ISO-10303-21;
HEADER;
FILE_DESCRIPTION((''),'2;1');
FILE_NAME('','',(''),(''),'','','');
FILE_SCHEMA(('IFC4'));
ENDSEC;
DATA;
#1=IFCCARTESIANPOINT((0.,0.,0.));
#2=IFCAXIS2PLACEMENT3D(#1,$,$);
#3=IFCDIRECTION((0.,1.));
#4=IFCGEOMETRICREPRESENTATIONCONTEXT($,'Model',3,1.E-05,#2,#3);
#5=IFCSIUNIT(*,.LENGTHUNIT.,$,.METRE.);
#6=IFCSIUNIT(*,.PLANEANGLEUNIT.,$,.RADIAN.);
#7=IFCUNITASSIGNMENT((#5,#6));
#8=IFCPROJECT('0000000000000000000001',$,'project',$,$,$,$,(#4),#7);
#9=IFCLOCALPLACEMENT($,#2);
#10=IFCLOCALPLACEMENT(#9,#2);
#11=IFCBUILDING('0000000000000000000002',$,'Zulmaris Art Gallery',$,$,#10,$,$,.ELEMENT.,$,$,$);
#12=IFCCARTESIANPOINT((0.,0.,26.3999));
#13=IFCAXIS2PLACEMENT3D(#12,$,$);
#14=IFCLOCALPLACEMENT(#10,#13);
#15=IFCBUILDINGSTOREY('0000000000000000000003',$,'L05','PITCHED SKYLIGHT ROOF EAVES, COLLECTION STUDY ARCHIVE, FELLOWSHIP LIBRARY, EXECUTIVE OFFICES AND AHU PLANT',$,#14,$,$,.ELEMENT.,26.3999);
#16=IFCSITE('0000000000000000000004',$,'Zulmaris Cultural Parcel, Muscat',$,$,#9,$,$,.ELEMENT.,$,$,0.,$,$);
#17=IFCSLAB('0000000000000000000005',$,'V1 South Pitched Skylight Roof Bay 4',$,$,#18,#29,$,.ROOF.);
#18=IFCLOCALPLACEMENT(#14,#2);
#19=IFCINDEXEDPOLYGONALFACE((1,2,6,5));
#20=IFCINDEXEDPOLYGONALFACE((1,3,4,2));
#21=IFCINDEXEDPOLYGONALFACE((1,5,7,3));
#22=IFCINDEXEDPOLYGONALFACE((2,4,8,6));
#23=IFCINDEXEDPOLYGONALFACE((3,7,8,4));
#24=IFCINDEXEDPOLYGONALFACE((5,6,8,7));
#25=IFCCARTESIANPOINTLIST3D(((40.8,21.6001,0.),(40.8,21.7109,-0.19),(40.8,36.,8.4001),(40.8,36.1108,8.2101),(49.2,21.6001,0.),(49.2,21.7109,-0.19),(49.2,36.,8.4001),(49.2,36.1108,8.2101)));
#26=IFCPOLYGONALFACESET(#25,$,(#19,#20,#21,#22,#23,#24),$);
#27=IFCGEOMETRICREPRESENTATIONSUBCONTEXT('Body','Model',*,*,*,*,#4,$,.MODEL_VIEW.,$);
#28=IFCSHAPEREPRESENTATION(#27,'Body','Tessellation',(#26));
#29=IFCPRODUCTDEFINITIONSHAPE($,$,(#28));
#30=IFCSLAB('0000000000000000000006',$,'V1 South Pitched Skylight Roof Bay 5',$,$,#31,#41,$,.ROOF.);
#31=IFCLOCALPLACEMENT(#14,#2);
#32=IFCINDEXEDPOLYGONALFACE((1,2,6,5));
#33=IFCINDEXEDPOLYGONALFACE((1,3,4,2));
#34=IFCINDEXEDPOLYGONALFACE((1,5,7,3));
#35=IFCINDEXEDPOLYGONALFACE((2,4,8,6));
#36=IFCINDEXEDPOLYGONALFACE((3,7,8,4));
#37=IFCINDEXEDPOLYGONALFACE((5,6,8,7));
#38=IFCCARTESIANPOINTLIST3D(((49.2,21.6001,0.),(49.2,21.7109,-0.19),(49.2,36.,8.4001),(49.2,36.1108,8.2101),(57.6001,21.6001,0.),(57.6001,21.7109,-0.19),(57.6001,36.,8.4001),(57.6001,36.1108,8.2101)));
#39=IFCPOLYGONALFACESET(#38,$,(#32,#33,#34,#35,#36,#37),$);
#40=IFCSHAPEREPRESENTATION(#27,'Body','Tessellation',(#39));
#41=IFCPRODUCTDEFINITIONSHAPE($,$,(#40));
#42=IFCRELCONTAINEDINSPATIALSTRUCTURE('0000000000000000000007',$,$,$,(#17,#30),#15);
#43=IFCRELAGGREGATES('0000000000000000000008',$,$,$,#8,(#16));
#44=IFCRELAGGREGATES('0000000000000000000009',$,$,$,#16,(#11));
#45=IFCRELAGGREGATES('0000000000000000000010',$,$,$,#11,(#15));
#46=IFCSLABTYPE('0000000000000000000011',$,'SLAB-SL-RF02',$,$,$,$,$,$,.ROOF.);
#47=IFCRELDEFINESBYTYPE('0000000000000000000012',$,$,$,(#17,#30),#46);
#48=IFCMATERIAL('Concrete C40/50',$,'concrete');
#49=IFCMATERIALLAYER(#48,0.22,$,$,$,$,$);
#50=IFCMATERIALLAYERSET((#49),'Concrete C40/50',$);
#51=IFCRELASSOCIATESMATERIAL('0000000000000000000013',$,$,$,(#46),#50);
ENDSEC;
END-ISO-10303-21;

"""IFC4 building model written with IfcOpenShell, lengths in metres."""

from ifc_helpers import new_model, si_unit, direction, frame, origin, place, context, subcontext, project, spatial, polyline, outline, extrude, material, layer, layer_set, type_object, element, save


model = new_model("IFC4")

# Units and contexts
model_context = context("Model", 3, precision=1e-05, world=origin(), true_north=direction((0.0, 1.0)))
body_context = subcontext(model_context, "Body", "Model", "MODEL_VIEW")
ifc_project = project(units=[si_unit("LENGTHUNIT", "METRE"), si_unit("PLANEANGLEUNIT", "RADIAN")], contexts=[model_context])

# Site, building, storey
site_placement = place(None, origin())
site = spatial("IfcSite", under=ifc_project, at=site_placement, Name="Zulmaris Cultural Parcel, Muscat", CompositionType="ELEMENT", RefElevation=0.0)
building_placement = place(site_placement, origin())
building = spatial("IfcBuilding", under=site, at=building_placement, Name="Zulmaris Art Gallery", CompositionType="ELEMENT")
storey_placement = place(building_placement, frame((0.0, 0.0, 26.3999)))
storey = spatial("IfcBuildingStorey", under=building, at=storey_placement, Name="L05", Description="PITCHED SKYLIGHT ROOF EAVES, COLLECTION STUDY ARCHIVE, FELLOWSHIP LIBRARY, EXECUTIVE OFFICES AND AHU PLANT", CompositionType="ELEMENT", Elevation=26.3999)

# Slabs
ifc_material_1 = material(Name="Concrete C40/50", Category="concrete")
ifc_layer_1 = layer(ifc_material_1, 0.22)
ifc_layer_set_1 = layer_set([ifc_layer_1], Name="Concrete C40/50")
slab_type = type_object("IfcSlabType", Name="SLAB-SL-RF02", PredefinedType="ROOF", material=ifc_layer_set_1)
slab_1_placement = place(storey_placement, frame((40.8, 21.6001, 0.0), z_axis=(0.0, -0.50388, 0.863774), x_axis=(1.0, 0.0, 0.0)))
element("IfcSlab", 1, at=slab_1_placement, inside=storey, type_object=slab_type, Name="V1 South Pitched Skylight Roof Bay 4", PredefinedType="ROOF", context=body_context, shape_type="SweptSolid", body=[
    extrude(outline(polyline([(0.0, 0.0), (8.3999, 0.0), (8.3999, 16.6709), (0.0, 16.6709), (0.0, 0.0)])), origin(), (0.0, 0.0, -1.0), 0.22),
])
slab_2_placement = place(storey_placement, frame((49.2, 21.6001, 0.0), z_axis=(0.0, -0.50388, 0.863774), x_axis=(1.0, 0.0, 0.0)))
element("IfcSlab", 2, at=slab_2_placement, inside=storey, type_object=slab_type, Name="V1 South Pitched Skylight Roof Bay 5", PredefinedType="ROOF", context=body_context, shape_type="SweptSolid", body=[
    extrude(outline(polyline([(0.0, 0.0), (8.4001, 0.0), (8.4001, 16.6709), (0.0, 16.6709), (0.0, 0.0)])), origin(), (0.0, 0.0, -1.0), 0.22),
])

save(model, "model.ifc")
